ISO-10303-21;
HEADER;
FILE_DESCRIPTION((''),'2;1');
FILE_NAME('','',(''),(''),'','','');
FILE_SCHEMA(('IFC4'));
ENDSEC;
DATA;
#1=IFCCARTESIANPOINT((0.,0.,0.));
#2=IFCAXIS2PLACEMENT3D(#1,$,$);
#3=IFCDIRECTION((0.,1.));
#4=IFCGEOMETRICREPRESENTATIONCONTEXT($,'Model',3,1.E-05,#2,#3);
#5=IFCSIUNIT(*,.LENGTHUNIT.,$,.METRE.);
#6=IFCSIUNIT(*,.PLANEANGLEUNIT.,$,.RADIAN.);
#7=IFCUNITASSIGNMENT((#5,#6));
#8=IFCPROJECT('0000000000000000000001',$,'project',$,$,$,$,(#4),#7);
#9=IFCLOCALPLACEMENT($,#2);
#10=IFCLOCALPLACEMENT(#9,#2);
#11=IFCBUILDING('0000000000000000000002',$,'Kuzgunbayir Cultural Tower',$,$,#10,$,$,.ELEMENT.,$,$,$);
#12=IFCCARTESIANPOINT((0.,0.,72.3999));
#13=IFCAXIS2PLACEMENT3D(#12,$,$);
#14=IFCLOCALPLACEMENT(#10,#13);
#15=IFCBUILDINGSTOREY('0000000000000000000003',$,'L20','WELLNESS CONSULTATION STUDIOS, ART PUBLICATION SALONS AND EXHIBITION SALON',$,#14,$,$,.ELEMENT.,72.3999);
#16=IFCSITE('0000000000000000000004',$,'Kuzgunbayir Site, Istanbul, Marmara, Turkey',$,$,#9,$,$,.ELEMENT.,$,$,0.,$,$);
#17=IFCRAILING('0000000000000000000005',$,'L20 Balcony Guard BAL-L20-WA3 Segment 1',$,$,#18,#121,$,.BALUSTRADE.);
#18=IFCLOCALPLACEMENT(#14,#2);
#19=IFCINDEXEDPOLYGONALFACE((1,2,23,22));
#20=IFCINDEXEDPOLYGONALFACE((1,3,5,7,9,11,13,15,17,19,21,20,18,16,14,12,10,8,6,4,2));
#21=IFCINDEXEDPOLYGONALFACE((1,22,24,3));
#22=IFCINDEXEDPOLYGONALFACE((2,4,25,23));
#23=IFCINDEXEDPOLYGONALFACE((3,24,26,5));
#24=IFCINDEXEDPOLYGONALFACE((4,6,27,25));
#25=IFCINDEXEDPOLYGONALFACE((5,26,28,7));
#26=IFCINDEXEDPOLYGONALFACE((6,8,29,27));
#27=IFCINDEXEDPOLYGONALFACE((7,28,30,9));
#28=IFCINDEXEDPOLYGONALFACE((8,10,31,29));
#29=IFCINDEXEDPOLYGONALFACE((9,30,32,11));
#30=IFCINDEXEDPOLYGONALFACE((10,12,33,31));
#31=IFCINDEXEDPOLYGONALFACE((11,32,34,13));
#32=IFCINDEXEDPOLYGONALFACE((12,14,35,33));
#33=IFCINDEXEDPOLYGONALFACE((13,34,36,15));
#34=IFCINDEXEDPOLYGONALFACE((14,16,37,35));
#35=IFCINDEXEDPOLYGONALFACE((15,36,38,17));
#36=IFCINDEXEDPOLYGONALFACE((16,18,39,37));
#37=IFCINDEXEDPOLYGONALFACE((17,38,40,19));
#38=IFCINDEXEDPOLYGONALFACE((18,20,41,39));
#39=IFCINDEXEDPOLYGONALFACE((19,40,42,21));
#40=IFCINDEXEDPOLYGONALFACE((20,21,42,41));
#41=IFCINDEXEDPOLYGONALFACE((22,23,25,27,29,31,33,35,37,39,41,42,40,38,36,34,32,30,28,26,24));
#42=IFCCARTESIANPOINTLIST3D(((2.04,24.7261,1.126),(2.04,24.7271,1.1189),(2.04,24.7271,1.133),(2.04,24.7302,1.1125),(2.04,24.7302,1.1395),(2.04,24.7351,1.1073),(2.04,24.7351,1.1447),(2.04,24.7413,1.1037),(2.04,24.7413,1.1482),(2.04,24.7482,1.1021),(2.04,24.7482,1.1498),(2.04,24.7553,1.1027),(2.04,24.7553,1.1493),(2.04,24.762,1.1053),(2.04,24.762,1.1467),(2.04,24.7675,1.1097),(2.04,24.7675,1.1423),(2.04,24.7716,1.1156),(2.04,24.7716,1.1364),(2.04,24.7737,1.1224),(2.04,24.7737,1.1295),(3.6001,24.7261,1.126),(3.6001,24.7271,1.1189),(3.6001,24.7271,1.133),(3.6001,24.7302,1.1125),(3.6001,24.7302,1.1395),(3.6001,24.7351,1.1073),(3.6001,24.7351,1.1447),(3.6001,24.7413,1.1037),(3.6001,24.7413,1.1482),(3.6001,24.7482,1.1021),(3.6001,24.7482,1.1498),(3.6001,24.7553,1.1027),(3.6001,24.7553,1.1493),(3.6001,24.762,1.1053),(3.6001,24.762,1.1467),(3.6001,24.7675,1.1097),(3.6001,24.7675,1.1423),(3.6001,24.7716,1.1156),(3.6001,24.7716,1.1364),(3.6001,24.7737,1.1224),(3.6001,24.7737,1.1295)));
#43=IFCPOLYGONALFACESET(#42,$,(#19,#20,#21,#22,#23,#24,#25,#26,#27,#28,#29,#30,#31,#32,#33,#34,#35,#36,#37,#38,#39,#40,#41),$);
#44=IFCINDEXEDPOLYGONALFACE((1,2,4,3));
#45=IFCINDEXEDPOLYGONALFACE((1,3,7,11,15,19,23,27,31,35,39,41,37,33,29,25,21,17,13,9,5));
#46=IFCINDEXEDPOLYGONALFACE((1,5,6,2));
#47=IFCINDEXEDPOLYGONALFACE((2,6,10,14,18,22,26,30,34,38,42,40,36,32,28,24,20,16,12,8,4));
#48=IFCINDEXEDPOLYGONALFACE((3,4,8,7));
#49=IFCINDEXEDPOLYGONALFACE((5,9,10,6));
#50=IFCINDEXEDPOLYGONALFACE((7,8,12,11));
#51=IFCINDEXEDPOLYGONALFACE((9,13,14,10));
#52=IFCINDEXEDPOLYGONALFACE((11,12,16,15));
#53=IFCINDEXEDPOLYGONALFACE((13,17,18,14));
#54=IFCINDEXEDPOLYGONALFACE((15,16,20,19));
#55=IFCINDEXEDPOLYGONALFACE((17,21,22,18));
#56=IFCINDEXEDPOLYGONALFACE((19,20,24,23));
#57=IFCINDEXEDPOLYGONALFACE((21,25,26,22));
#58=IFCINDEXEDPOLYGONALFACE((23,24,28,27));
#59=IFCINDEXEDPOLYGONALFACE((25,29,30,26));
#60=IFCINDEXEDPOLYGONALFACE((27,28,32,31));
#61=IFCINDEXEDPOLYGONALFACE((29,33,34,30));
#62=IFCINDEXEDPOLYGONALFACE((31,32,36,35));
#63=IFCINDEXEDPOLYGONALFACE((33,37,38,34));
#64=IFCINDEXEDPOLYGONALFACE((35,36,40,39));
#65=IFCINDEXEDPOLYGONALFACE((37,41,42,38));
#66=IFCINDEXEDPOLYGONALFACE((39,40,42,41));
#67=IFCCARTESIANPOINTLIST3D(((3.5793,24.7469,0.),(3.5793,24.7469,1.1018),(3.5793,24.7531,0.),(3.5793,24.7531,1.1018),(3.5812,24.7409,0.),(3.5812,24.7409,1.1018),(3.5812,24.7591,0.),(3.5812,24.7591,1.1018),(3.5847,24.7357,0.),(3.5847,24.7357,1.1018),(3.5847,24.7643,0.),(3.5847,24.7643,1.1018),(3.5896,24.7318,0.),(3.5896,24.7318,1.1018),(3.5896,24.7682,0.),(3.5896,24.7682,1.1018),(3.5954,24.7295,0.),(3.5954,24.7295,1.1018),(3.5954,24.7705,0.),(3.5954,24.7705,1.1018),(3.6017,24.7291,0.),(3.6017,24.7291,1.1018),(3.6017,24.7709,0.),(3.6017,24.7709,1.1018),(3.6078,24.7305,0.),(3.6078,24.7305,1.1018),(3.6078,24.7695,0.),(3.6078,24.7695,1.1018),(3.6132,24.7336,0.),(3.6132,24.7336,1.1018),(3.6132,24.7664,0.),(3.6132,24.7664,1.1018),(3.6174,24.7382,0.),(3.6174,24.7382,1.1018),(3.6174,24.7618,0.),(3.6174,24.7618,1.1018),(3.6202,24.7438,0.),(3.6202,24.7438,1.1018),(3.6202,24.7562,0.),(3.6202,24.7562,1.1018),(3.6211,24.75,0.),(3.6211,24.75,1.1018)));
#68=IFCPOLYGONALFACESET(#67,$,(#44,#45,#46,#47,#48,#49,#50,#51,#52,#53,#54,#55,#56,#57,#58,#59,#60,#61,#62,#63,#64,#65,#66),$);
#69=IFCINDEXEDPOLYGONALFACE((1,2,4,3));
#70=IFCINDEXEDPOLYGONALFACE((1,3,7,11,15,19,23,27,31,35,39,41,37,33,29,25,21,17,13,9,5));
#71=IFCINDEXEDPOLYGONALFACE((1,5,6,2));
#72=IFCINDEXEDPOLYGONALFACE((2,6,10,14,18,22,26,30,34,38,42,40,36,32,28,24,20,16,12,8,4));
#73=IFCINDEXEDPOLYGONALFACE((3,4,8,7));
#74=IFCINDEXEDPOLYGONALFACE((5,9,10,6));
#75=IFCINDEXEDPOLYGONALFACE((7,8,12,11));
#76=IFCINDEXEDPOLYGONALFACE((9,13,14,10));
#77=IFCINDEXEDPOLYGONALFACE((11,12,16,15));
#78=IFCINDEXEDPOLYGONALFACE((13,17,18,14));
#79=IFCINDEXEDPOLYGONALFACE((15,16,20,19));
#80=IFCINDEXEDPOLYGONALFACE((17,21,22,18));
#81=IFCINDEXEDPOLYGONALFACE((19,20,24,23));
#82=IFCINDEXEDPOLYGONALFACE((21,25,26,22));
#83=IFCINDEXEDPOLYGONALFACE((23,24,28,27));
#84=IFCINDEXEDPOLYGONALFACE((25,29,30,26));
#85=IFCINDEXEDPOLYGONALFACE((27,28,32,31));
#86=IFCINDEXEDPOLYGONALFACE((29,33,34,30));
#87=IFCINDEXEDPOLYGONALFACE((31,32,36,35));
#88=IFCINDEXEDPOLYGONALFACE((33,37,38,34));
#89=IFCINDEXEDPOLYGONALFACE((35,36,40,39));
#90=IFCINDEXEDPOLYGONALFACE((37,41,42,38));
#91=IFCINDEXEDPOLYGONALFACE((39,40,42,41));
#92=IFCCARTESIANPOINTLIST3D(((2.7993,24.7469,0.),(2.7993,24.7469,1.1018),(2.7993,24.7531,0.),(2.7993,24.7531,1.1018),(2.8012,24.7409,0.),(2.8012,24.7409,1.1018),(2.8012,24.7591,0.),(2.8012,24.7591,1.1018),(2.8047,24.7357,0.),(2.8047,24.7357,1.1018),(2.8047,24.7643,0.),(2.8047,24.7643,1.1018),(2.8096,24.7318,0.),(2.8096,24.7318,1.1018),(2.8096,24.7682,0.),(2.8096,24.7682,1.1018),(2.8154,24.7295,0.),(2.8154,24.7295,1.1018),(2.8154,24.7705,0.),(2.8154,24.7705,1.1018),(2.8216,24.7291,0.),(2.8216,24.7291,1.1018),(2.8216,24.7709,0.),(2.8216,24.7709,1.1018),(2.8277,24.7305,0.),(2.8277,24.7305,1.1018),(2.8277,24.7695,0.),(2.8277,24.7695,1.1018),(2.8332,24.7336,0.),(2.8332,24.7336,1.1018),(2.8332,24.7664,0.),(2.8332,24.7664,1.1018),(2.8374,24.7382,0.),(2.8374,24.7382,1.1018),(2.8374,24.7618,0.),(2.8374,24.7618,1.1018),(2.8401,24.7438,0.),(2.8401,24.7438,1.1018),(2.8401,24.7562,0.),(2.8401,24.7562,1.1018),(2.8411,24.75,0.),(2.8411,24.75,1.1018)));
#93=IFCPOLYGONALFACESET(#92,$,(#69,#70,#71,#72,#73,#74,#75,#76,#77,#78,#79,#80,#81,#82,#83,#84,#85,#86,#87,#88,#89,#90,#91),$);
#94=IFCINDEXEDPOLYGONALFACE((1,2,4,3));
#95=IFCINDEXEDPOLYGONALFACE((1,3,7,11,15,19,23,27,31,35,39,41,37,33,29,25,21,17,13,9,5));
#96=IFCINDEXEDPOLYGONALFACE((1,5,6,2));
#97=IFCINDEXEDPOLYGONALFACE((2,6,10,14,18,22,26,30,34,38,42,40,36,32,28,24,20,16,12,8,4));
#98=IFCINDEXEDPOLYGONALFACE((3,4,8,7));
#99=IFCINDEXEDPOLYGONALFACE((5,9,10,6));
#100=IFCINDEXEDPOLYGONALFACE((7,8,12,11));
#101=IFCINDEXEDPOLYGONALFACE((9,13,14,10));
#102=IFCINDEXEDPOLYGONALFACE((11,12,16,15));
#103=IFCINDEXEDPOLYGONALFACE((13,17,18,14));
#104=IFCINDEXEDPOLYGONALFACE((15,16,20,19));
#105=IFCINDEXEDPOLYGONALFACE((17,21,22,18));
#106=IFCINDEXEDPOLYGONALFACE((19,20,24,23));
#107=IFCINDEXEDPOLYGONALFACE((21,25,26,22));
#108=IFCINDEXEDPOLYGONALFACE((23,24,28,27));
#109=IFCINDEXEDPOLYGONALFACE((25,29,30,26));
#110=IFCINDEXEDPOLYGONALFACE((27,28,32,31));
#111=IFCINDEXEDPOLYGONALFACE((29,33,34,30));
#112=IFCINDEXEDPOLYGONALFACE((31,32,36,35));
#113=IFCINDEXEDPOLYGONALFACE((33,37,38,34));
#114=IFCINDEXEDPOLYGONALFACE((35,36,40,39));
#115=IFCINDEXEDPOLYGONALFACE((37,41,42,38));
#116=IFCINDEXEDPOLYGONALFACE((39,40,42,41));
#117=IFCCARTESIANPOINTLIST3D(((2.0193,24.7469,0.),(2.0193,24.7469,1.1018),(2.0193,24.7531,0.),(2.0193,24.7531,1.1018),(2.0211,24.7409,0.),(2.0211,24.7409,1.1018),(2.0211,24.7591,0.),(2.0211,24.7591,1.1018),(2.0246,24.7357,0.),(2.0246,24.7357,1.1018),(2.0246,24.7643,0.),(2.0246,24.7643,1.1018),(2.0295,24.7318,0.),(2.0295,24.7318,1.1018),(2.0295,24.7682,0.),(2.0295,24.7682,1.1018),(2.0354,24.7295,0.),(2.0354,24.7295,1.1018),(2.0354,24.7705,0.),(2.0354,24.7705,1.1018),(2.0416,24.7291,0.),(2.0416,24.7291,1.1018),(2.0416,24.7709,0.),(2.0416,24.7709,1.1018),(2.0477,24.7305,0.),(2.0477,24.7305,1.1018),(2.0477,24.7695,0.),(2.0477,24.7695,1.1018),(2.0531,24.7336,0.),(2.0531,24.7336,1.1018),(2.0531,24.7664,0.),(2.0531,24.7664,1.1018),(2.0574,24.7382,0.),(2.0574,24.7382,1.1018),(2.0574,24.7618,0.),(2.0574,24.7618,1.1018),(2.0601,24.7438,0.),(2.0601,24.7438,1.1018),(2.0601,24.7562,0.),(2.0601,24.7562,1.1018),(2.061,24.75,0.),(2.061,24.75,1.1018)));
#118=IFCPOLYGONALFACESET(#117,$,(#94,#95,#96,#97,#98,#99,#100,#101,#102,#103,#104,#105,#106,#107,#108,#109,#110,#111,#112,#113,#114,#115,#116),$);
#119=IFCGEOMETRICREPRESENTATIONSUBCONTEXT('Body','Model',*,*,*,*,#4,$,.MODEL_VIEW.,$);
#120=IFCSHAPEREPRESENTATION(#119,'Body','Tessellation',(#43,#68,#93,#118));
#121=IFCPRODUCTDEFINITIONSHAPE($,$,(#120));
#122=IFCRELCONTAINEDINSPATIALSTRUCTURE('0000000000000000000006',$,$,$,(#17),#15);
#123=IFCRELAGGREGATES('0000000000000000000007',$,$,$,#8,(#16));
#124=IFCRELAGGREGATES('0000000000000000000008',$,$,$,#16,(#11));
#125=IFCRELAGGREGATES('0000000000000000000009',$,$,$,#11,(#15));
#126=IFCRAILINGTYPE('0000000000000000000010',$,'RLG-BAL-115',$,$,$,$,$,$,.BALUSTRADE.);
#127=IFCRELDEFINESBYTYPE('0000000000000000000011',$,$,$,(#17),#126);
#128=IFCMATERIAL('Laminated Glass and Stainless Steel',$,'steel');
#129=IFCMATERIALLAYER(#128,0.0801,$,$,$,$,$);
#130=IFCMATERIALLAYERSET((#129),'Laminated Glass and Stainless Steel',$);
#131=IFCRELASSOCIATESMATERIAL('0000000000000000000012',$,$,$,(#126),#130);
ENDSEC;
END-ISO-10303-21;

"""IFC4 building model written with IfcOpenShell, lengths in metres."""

from ifc_helpers import new_model, si_unit, direction, frame, origin, origin_2d, place, context, subcontext, project, spatial, circle, extrude, material, layer, layer_set, type_object, element, save


model = new_model("IFC4")

# Units and contexts
model_context = context("Model", 3, precision=1e-05, world=origin(), true_north=direction((0.0, 1.0)))
body_context = subcontext(model_context, "Body", "Model", "MODEL_VIEW")
ifc_project = project(units=[si_unit("LENGTHUNIT", "METRE"), si_unit("PLANEANGLEUNIT", "RADIAN")], contexts=[model_context])

# Site, building, storey
site_placement = place(None, origin())
site = spatial("IfcSite", under=ifc_project, at=site_placement, Name="Kuzgunbayir Site, Istanbul, Marmara, Turkey", CompositionType="ELEMENT", RefElevation=0.0)
building_placement = place(site_placement, origin())
building = spatial("IfcBuilding", under=site, at=building_placement, Name="Kuzgunbayir Cultural Tower", CompositionType="ELEMENT")
storey_placement = place(building_placement, frame((0.0, 0.0, 72.3999)))
storey = spatial("IfcBuildingStorey", under=building, at=storey_placement, Name="L20", Description="WELLNESS CONSULTATION STUDIOS, ART PUBLICATION SALONS AND EXHIBITION SALON", CompositionType="ELEMENT", Elevation=72.3999)

# Railing
ifc_material_1 = material(Name="Laminated Glass and Stainless Steel", Category="steel")
ifc_layer_1 = layer(ifc_material_1, 0.0801)
ifc_layer_set_1 = layer_set([ifc_layer_1], Name="Laminated Glass and Stainless Steel")
railing_type = type_object("IfcRailingType", Name="RLG-BAL-115", PredefinedType="BALUSTRADE", material=ifc_layer_set_1)
railing_1_placement = place(storey_placement, frame((3.6001, 24.75, 0.0)))
element("IfcRailing", 1, at=railing_1_placement, inside=storey, type_object=railing_type, Name="L20 Balcony Guard BAL-L20-WA3 Segment 1", PredefinedType="BALUSTRADE", context=body_context, shape_type="SweptSolid", body=[
    extrude(circle(Radius=0.0239, at=origin_2d()), frame((0.0, 0.0, 1.126), z_axis=(-1.0, 0.0, 0.0), x_axis=(0.0, -1.0, 0.0)), (0.0, 0.0, 1.0), 1.5601),
    extrude(circle(Radius=0.021, at=origin_2d()), origin(), (0.0, 0.0, 1.0), 1.1018),
    extrude(circle(Radius=0.021, at=origin_2d()), frame((-0.78, 0.0, 0.0)), (0.0, 0.0, 1.0), 1.1018),
    extrude(circle(Radius=0.021, at=origin_2d()), frame((-1.5601, 0.0, 0.0)), (0.0, 0.0, 1.0), 1.1018),
])

save(model, "model.ifc")
